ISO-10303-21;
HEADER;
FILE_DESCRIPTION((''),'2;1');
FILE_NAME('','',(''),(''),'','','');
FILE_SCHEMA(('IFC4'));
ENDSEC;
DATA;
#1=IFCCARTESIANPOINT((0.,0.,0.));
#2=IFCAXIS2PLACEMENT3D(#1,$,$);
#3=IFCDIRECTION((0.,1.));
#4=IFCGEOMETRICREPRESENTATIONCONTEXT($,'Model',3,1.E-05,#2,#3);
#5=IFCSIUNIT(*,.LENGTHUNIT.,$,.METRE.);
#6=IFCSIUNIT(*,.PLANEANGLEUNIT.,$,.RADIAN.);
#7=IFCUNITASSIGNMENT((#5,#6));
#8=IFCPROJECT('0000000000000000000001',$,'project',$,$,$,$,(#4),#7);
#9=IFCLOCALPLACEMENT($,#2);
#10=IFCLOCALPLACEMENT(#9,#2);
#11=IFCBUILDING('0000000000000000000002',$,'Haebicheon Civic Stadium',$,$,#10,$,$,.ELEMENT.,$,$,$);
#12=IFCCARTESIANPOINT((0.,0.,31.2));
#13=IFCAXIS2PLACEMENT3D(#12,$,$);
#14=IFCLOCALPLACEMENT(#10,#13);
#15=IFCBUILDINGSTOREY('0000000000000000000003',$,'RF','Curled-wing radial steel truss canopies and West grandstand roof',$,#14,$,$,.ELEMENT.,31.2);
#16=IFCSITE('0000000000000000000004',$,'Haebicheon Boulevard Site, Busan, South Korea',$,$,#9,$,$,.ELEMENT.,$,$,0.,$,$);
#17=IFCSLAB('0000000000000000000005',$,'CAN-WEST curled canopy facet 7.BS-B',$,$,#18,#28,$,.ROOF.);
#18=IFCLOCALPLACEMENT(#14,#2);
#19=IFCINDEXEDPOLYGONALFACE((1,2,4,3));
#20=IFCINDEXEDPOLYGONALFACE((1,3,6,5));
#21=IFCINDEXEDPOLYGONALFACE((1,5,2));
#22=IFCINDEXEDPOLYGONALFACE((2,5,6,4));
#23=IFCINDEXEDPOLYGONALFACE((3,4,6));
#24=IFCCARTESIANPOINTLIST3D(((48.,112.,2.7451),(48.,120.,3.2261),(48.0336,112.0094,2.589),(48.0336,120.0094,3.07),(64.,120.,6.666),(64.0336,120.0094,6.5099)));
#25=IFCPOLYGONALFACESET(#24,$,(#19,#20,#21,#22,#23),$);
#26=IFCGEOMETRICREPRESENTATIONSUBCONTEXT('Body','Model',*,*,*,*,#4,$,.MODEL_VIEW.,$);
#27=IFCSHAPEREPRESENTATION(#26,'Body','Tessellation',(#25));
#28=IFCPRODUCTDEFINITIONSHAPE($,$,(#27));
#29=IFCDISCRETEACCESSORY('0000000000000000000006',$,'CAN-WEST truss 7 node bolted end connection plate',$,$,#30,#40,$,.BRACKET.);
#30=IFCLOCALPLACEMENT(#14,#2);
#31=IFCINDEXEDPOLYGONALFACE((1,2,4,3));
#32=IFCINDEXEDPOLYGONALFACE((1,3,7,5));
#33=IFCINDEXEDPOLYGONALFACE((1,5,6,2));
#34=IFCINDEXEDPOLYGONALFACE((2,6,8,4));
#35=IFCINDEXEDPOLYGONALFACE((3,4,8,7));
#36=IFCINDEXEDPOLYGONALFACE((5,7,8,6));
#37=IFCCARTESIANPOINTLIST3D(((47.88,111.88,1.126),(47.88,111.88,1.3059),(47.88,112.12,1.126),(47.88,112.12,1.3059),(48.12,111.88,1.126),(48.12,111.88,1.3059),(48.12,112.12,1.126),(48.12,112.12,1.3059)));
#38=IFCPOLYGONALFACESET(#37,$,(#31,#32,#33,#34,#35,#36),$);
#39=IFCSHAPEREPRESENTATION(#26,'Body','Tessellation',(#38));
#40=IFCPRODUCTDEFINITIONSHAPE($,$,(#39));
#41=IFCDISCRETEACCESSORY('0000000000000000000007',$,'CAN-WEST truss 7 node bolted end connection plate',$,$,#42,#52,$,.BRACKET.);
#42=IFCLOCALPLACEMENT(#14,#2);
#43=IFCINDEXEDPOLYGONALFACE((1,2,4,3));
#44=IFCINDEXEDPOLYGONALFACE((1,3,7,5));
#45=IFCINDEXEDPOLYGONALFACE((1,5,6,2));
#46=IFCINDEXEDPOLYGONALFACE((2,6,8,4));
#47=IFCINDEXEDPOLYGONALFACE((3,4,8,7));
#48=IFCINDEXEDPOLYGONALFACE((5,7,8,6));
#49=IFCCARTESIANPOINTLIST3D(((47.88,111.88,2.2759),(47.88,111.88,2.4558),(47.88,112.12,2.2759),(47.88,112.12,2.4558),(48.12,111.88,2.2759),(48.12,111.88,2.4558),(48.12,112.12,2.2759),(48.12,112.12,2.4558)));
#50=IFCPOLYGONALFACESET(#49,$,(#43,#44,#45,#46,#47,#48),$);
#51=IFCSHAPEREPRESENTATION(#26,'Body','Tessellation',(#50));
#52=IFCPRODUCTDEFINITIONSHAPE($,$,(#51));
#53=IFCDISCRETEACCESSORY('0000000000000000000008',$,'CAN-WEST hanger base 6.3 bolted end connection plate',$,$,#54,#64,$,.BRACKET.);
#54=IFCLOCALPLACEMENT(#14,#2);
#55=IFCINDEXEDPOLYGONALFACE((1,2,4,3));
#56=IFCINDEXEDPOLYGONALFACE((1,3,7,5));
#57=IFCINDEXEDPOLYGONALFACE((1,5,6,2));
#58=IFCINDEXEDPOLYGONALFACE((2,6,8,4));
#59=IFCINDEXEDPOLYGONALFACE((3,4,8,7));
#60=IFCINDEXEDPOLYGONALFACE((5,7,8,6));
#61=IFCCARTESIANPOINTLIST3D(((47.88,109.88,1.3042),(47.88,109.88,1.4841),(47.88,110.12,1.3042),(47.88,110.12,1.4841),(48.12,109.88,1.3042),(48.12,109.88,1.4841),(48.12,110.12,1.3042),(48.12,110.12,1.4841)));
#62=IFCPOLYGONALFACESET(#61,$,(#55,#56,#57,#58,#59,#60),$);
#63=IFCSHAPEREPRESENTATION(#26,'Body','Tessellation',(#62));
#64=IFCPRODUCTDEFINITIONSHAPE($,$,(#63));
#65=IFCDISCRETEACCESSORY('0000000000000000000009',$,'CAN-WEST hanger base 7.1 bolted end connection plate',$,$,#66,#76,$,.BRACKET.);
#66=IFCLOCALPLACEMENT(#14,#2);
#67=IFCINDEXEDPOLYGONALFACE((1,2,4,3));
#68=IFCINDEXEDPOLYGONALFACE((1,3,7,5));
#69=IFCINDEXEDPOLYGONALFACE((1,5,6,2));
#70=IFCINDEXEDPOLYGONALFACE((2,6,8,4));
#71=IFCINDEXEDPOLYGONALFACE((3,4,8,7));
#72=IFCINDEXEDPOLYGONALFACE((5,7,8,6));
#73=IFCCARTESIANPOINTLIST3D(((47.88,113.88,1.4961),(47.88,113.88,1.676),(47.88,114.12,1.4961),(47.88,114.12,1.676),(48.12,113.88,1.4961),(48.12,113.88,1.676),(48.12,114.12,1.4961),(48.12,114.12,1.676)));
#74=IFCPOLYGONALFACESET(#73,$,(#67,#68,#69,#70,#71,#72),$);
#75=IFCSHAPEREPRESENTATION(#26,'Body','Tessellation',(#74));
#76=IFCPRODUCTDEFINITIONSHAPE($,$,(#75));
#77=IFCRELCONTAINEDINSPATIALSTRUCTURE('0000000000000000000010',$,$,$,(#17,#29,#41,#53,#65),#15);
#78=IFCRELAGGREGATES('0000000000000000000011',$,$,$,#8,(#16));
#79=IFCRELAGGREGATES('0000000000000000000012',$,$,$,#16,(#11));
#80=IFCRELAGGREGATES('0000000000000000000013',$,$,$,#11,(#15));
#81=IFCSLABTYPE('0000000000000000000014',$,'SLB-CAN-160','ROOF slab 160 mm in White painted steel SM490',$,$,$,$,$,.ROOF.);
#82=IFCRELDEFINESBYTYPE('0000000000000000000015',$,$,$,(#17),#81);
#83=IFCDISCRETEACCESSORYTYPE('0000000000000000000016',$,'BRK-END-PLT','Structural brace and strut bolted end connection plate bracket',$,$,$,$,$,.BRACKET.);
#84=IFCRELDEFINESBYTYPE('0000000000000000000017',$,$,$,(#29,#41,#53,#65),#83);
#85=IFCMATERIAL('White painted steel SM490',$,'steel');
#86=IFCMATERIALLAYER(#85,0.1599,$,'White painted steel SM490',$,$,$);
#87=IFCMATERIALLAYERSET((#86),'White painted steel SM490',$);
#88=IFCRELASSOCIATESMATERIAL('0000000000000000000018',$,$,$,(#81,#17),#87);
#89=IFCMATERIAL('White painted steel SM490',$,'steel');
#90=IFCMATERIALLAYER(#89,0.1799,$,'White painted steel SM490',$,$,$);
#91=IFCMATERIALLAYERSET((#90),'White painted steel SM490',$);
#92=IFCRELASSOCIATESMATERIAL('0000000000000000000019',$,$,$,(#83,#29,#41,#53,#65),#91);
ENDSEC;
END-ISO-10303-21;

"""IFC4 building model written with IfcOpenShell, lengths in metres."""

from ifc_helpers import new_model, si_unit, direction, frame, origin, origin_2d, place, context, subcontext, project, spatial, polyline, rectangle, outline, extrude, material, layer, layer_set, type_object, element, save


model = new_model("IFC4")

# Units and contexts
model_context = context("Model", 3, precision=1e-05, world=origin(), true_north=direction((0.0, 1.0)))
body_context = subcontext(model_context, "Body", "Model", "MODEL_VIEW")
ifc_project = project(units=[si_unit("LENGTHUNIT", "METRE"), si_unit("PLANEANGLEUNIT", "RADIAN")], contexts=[model_context])

# Site, building, storey
site_placement = place(None, origin())
site = spatial("IfcSite", under=ifc_project, at=site_placement, Name="Haebicheon Boulevard Site, Busan, South Korea", CompositionType="ELEMENT", RefElevation=0.0)
building_placement = place(site_placement, origin())
building = spatial("IfcBuilding", under=site, at=building_placement, Name="Haebicheon Civic Stadium", CompositionType="ELEMENT")
storey_placement = place(building_placement, frame((0.0, 0.0, 31.2)))
storey = spatial("IfcBuildingStorey", under=building, at=storey_placement, Name="RF", Description="Curled-wing radial steel truss canopies and West grandstand roof", CompositionType="ELEMENT", Elevation=31.2)

# Slab
ifc_material_1 = material(Name="White painted steel SM490", Category="steel")
ifc_layer_1 = layer(ifc_material_1, 0.1599, Name="White painted steel SM490")
ifc_layer_set_1 = layer_set([ifc_layer_1], Name="White painted steel SM490")
slab_type = type_object("IfcSlabType", Name="SLB-CAN-160", Description="ROOF slab 160 mm in White painted steel SM490", PredefinedType="ROOF", material=ifc_layer_set_1)
slab_1_placement = place(storey_placement, frame((48.0, 112.0, 2.7451), z_axis=(-0.209831, -0.058675, 0.975975), x_axis=(0.873687, 0.436843, 0.214102)))
element("IfcSlab", 1, at=slab_1_placement, inside=storey, type_object=slab_type, material=ifc_layer_set_1, Name="CAN-WEST curled canopy facet 7.BS-B", PredefinedType="ROOF", context=body_context, shape_type="SweptSolid", body=[
    extrude(outline(polyline([(0.0, 0.0), (18.3132, 0.0), (3.5977, 7.1615), (0.0, 0.0)])), origin(), (0.0, 0.0, -1.0), 0.1599),
])

# Discrete accessories
ifc_material_2 = material(Name="White painted steel SM490", Category="steel")
ifc_layer_2 = layer(ifc_material_2, 0.1799, Name="White painted steel SM490")
ifc_layer_set_2 = layer_set([ifc_layer_2], Name="White painted steel SM490")
discrete_accessory_type = type_object("IfcDiscreteAccessoryType", Name="BRK-END-PLT", Description="Structural brace and strut bolted end connection plate bracket", PredefinedType="BRACKET", material=ifc_layer_set_2)
for number, where, z_axis, x_axis, name in (
    (2, (48.0, 112.0, 1.126), (0.0, 0.0, 1.0), (1.0, 0.0, 0.0), "CAN-WEST truss 7 node bolted end connection plate"),
    (3, (48.0, 112.0, 2.2759), (0.0, 0.0, 1.0), (1.0, 0.0, 0.0), "CAN-WEST truss 7 node bolted end connection plate"),
    (4, (48.0, 110.0, 1.3042), (0.0, 0.0, 1.0), (1.0, 0.0, 0.0), "CAN-WEST hanger base 6.3 bolted end connection plate"),
    (5, (48.0, 114.0, 1.4961), (0.0, 0.0, 1.0), (1.0, 0.0, 0.0), "CAN-WEST hanger base 7.1 bolted end connection plate"),
):
    element("IfcDiscreteAccessory", number, at=place(storey_placement, frame(where, z_axis=z_axis, x_axis=x_axis)), inside=storey, type_object=discrete_accessory_type, material=ifc_layer_set_2, Name=name, PredefinedType="BRACKET", context=body_context, shape_type="SweptSolid", body=[
        extrude(rectangle(XDim=0.24, YDim=0.24, at=origin_2d()), origin(), (0.0, 0.0, 1.0), 0.1799),
    ])

save(model, "model.ifc")
